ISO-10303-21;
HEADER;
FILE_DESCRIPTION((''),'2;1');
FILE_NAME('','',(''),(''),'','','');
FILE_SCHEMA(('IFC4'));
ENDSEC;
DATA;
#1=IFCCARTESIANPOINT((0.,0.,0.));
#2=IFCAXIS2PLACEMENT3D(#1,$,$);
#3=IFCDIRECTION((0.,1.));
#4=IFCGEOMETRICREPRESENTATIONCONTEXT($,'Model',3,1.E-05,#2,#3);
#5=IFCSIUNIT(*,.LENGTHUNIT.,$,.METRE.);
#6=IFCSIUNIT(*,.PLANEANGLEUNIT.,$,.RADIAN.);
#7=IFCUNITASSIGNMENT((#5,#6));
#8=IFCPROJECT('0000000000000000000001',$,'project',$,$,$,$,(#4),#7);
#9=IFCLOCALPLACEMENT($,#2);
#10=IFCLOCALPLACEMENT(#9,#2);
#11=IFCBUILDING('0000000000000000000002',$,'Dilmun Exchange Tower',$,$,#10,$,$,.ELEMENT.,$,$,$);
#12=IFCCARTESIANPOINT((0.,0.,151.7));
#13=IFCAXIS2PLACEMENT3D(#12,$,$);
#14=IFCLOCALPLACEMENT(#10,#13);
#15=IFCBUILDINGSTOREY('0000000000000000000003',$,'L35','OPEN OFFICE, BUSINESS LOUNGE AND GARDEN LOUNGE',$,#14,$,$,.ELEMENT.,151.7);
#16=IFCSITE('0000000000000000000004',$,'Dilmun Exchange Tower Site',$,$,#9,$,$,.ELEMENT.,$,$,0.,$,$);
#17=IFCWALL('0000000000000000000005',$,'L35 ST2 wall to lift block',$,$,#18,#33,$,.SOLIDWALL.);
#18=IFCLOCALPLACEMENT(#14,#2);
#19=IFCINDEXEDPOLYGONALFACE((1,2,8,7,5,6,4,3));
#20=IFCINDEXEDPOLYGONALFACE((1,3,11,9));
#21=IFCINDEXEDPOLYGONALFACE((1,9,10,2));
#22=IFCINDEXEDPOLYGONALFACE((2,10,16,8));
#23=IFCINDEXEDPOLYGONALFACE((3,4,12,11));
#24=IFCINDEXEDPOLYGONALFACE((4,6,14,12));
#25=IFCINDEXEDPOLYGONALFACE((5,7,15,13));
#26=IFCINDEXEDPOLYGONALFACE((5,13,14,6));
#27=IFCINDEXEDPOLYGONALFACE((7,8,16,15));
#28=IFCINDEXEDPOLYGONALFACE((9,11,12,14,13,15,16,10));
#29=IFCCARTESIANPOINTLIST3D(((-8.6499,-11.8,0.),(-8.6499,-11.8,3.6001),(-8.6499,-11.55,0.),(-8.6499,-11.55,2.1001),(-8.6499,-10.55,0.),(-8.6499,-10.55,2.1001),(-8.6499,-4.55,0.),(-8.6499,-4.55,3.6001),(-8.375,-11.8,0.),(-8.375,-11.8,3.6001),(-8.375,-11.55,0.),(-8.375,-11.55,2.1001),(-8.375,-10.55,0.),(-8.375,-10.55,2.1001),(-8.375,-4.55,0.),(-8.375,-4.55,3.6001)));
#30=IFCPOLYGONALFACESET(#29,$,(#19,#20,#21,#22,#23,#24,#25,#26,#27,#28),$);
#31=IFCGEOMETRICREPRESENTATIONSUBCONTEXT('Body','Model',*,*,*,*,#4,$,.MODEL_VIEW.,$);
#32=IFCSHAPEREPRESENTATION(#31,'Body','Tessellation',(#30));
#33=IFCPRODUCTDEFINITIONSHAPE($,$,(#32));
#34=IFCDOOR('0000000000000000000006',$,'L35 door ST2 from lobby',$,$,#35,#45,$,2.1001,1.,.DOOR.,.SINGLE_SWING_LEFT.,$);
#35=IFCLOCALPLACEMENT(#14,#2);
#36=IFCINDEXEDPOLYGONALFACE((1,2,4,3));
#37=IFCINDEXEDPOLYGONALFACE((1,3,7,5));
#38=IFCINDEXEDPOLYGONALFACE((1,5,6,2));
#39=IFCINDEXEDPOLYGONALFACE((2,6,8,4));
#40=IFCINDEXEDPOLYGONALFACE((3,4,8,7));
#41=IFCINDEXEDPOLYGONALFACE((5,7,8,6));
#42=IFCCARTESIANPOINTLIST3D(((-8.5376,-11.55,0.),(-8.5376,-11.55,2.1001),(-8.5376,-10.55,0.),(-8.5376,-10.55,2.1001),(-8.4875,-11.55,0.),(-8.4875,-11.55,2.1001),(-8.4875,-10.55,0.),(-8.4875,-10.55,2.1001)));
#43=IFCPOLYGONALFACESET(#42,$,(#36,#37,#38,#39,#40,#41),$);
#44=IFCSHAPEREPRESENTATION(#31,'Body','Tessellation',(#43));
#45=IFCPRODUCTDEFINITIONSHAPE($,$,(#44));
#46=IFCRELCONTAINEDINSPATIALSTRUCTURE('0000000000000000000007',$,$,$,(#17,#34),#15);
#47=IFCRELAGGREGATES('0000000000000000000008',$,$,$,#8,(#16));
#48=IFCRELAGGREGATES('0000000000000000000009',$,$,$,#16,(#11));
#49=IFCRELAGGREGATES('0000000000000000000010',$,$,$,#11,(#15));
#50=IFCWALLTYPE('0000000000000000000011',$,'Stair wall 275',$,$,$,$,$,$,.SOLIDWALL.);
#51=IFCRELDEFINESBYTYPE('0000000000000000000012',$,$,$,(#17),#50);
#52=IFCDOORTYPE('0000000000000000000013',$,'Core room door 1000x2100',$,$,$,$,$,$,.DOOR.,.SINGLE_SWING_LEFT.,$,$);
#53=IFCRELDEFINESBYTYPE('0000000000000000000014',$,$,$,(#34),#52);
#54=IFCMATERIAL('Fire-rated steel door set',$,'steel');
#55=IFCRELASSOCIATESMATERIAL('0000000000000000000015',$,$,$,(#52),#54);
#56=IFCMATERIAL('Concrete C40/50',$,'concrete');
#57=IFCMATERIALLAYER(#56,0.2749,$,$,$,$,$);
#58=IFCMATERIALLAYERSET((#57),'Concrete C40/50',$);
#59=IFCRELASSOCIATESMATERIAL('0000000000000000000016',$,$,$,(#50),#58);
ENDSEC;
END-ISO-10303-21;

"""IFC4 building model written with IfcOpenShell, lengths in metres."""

from ifc_helpers import new_model, si_unit, direction, frame, frame_2d, origin, place, context, subcontext, project, spatial, rectangle, extrude, material, layer, layer_set, type_object, element, fill, save


model = new_model("IFC4")

# Units and contexts
model_context = context("Model", 3, precision=1e-05, world=origin(), true_north=direction((0.0, 1.0)))
body_context = subcontext(model_context, "Body", "Model", "MODEL_VIEW")
ifc_project = project(units=[si_unit("LENGTHUNIT", "METRE"), si_unit("PLANEANGLEUNIT", "RADIAN")], contexts=[model_context])

# Site, building, storey
site_placement = place(None, origin())
site = spatial("IfcSite", under=ifc_project, at=site_placement, Name="Dilmun Exchange Tower Site", CompositionType="ELEMENT", RefElevation=0.0)
building_placement = place(site_placement, origin())
building = spatial("IfcBuilding", under=site, at=building_placement, Name="Dilmun Exchange Tower", CompositionType="ELEMENT")
storey_placement = place(building_placement, frame((0.0, 0.0, 151.7)))
storey = spatial("IfcBuildingStorey", under=building, at=storey_placement, Name="L35", Description="OPEN OFFICE, BUSINESS LOUNGE AND GARDEN LOUNGE", CompositionType="ELEMENT", Elevation=151.7)

# Shared definitions
ifc_material_1 = material(Name="Concrete C40/50", Category="concrete")

# Shared definitions
ifc_material_2 = material(Name="Fire-rated steel door set", Category="steel")
door_type_1 = type_object("IfcDoorType", Name="Core room door 1000x2100", OperationType="SINGLE_SWING_LEFT", PredefinedType="DOOR", material=ifc_material_2)

# Wall, opening, door
ifc_layer_1 = layer(ifc_material_1, 0.2749)
ifc_layer_set_1 = layer_set([ifc_layer_1], Name="Concrete C40/50")
wall_type_1 = type_object("IfcWallType", Name="Stair wall 275", PredefinedType="SOLIDWALL", material=ifc_layer_set_1)
wall_1_placement = place(storey_placement, frame((-8.5125, -4.55, 0.0), z_axis=(0.0, 0.0, 1.0), x_axis=(0.0, -1.0, 0.0)))
wall_1 = element("IfcWall", 1, at=wall_1_placement, inside=storey, type_object=wall_type_1, Name="L35 ST2 wall to lift block", PredefinedType="SOLIDWALL", context=body_context, shape_type="SweptSolid", body=[
    extrude(rectangle(XDim=7.25, YDim=0.2749, at=frame_2d((3.625, 0.0))), origin(), (0.0, 0.0, 1.0), 3.6001),
])
opening_1_placement = place(wall_1_placement, frame((6.0, 0.0, 0.0)))
opening_1 = element("IfcOpeningElement", 2, at=opening_1_placement, cuts=wall_1, PredefinedType="OPENING", context=body_context, shape_type="SweptSolid", body=[
    extrude(rectangle(XDim=1.0, YDim=2.1001, at=frame_2d((0.5, 1.05))), frame((0.0, 0.1475, 0.0), z_axis=(0.0, -1.0, 0.0), x_axis=(1.0, 0.0, 0.0)), (0.0, 0.0, 1.0), 0.2949),
])
door_1_placement = place(opening_1_placement, origin())
door_1 = element("IfcDoor", 3, at=door_1_placement, inside=storey, type_object=door_type_1, Name="L35 door ST2 from lobby", OperationType="SINGLE_SWING_LEFT", OverallHeight=2.1001, OverallWidth=1.0, PredefinedType="DOOR", context=body_context, shape_type="SweptSolid", body=[
    extrude(rectangle(XDim=1.0, YDim=2.1001, at=frame_2d((0.5, 1.05))), frame((0.0, 0.0249, 0.0), z_axis=(0.0, -1.0, 0.0), x_axis=(1.0, 0.0, 0.0)), (0.0, 0.0, 1.0), 0.05),
])
fill(opening_1, door_1)

save(model, "model.ifc")
